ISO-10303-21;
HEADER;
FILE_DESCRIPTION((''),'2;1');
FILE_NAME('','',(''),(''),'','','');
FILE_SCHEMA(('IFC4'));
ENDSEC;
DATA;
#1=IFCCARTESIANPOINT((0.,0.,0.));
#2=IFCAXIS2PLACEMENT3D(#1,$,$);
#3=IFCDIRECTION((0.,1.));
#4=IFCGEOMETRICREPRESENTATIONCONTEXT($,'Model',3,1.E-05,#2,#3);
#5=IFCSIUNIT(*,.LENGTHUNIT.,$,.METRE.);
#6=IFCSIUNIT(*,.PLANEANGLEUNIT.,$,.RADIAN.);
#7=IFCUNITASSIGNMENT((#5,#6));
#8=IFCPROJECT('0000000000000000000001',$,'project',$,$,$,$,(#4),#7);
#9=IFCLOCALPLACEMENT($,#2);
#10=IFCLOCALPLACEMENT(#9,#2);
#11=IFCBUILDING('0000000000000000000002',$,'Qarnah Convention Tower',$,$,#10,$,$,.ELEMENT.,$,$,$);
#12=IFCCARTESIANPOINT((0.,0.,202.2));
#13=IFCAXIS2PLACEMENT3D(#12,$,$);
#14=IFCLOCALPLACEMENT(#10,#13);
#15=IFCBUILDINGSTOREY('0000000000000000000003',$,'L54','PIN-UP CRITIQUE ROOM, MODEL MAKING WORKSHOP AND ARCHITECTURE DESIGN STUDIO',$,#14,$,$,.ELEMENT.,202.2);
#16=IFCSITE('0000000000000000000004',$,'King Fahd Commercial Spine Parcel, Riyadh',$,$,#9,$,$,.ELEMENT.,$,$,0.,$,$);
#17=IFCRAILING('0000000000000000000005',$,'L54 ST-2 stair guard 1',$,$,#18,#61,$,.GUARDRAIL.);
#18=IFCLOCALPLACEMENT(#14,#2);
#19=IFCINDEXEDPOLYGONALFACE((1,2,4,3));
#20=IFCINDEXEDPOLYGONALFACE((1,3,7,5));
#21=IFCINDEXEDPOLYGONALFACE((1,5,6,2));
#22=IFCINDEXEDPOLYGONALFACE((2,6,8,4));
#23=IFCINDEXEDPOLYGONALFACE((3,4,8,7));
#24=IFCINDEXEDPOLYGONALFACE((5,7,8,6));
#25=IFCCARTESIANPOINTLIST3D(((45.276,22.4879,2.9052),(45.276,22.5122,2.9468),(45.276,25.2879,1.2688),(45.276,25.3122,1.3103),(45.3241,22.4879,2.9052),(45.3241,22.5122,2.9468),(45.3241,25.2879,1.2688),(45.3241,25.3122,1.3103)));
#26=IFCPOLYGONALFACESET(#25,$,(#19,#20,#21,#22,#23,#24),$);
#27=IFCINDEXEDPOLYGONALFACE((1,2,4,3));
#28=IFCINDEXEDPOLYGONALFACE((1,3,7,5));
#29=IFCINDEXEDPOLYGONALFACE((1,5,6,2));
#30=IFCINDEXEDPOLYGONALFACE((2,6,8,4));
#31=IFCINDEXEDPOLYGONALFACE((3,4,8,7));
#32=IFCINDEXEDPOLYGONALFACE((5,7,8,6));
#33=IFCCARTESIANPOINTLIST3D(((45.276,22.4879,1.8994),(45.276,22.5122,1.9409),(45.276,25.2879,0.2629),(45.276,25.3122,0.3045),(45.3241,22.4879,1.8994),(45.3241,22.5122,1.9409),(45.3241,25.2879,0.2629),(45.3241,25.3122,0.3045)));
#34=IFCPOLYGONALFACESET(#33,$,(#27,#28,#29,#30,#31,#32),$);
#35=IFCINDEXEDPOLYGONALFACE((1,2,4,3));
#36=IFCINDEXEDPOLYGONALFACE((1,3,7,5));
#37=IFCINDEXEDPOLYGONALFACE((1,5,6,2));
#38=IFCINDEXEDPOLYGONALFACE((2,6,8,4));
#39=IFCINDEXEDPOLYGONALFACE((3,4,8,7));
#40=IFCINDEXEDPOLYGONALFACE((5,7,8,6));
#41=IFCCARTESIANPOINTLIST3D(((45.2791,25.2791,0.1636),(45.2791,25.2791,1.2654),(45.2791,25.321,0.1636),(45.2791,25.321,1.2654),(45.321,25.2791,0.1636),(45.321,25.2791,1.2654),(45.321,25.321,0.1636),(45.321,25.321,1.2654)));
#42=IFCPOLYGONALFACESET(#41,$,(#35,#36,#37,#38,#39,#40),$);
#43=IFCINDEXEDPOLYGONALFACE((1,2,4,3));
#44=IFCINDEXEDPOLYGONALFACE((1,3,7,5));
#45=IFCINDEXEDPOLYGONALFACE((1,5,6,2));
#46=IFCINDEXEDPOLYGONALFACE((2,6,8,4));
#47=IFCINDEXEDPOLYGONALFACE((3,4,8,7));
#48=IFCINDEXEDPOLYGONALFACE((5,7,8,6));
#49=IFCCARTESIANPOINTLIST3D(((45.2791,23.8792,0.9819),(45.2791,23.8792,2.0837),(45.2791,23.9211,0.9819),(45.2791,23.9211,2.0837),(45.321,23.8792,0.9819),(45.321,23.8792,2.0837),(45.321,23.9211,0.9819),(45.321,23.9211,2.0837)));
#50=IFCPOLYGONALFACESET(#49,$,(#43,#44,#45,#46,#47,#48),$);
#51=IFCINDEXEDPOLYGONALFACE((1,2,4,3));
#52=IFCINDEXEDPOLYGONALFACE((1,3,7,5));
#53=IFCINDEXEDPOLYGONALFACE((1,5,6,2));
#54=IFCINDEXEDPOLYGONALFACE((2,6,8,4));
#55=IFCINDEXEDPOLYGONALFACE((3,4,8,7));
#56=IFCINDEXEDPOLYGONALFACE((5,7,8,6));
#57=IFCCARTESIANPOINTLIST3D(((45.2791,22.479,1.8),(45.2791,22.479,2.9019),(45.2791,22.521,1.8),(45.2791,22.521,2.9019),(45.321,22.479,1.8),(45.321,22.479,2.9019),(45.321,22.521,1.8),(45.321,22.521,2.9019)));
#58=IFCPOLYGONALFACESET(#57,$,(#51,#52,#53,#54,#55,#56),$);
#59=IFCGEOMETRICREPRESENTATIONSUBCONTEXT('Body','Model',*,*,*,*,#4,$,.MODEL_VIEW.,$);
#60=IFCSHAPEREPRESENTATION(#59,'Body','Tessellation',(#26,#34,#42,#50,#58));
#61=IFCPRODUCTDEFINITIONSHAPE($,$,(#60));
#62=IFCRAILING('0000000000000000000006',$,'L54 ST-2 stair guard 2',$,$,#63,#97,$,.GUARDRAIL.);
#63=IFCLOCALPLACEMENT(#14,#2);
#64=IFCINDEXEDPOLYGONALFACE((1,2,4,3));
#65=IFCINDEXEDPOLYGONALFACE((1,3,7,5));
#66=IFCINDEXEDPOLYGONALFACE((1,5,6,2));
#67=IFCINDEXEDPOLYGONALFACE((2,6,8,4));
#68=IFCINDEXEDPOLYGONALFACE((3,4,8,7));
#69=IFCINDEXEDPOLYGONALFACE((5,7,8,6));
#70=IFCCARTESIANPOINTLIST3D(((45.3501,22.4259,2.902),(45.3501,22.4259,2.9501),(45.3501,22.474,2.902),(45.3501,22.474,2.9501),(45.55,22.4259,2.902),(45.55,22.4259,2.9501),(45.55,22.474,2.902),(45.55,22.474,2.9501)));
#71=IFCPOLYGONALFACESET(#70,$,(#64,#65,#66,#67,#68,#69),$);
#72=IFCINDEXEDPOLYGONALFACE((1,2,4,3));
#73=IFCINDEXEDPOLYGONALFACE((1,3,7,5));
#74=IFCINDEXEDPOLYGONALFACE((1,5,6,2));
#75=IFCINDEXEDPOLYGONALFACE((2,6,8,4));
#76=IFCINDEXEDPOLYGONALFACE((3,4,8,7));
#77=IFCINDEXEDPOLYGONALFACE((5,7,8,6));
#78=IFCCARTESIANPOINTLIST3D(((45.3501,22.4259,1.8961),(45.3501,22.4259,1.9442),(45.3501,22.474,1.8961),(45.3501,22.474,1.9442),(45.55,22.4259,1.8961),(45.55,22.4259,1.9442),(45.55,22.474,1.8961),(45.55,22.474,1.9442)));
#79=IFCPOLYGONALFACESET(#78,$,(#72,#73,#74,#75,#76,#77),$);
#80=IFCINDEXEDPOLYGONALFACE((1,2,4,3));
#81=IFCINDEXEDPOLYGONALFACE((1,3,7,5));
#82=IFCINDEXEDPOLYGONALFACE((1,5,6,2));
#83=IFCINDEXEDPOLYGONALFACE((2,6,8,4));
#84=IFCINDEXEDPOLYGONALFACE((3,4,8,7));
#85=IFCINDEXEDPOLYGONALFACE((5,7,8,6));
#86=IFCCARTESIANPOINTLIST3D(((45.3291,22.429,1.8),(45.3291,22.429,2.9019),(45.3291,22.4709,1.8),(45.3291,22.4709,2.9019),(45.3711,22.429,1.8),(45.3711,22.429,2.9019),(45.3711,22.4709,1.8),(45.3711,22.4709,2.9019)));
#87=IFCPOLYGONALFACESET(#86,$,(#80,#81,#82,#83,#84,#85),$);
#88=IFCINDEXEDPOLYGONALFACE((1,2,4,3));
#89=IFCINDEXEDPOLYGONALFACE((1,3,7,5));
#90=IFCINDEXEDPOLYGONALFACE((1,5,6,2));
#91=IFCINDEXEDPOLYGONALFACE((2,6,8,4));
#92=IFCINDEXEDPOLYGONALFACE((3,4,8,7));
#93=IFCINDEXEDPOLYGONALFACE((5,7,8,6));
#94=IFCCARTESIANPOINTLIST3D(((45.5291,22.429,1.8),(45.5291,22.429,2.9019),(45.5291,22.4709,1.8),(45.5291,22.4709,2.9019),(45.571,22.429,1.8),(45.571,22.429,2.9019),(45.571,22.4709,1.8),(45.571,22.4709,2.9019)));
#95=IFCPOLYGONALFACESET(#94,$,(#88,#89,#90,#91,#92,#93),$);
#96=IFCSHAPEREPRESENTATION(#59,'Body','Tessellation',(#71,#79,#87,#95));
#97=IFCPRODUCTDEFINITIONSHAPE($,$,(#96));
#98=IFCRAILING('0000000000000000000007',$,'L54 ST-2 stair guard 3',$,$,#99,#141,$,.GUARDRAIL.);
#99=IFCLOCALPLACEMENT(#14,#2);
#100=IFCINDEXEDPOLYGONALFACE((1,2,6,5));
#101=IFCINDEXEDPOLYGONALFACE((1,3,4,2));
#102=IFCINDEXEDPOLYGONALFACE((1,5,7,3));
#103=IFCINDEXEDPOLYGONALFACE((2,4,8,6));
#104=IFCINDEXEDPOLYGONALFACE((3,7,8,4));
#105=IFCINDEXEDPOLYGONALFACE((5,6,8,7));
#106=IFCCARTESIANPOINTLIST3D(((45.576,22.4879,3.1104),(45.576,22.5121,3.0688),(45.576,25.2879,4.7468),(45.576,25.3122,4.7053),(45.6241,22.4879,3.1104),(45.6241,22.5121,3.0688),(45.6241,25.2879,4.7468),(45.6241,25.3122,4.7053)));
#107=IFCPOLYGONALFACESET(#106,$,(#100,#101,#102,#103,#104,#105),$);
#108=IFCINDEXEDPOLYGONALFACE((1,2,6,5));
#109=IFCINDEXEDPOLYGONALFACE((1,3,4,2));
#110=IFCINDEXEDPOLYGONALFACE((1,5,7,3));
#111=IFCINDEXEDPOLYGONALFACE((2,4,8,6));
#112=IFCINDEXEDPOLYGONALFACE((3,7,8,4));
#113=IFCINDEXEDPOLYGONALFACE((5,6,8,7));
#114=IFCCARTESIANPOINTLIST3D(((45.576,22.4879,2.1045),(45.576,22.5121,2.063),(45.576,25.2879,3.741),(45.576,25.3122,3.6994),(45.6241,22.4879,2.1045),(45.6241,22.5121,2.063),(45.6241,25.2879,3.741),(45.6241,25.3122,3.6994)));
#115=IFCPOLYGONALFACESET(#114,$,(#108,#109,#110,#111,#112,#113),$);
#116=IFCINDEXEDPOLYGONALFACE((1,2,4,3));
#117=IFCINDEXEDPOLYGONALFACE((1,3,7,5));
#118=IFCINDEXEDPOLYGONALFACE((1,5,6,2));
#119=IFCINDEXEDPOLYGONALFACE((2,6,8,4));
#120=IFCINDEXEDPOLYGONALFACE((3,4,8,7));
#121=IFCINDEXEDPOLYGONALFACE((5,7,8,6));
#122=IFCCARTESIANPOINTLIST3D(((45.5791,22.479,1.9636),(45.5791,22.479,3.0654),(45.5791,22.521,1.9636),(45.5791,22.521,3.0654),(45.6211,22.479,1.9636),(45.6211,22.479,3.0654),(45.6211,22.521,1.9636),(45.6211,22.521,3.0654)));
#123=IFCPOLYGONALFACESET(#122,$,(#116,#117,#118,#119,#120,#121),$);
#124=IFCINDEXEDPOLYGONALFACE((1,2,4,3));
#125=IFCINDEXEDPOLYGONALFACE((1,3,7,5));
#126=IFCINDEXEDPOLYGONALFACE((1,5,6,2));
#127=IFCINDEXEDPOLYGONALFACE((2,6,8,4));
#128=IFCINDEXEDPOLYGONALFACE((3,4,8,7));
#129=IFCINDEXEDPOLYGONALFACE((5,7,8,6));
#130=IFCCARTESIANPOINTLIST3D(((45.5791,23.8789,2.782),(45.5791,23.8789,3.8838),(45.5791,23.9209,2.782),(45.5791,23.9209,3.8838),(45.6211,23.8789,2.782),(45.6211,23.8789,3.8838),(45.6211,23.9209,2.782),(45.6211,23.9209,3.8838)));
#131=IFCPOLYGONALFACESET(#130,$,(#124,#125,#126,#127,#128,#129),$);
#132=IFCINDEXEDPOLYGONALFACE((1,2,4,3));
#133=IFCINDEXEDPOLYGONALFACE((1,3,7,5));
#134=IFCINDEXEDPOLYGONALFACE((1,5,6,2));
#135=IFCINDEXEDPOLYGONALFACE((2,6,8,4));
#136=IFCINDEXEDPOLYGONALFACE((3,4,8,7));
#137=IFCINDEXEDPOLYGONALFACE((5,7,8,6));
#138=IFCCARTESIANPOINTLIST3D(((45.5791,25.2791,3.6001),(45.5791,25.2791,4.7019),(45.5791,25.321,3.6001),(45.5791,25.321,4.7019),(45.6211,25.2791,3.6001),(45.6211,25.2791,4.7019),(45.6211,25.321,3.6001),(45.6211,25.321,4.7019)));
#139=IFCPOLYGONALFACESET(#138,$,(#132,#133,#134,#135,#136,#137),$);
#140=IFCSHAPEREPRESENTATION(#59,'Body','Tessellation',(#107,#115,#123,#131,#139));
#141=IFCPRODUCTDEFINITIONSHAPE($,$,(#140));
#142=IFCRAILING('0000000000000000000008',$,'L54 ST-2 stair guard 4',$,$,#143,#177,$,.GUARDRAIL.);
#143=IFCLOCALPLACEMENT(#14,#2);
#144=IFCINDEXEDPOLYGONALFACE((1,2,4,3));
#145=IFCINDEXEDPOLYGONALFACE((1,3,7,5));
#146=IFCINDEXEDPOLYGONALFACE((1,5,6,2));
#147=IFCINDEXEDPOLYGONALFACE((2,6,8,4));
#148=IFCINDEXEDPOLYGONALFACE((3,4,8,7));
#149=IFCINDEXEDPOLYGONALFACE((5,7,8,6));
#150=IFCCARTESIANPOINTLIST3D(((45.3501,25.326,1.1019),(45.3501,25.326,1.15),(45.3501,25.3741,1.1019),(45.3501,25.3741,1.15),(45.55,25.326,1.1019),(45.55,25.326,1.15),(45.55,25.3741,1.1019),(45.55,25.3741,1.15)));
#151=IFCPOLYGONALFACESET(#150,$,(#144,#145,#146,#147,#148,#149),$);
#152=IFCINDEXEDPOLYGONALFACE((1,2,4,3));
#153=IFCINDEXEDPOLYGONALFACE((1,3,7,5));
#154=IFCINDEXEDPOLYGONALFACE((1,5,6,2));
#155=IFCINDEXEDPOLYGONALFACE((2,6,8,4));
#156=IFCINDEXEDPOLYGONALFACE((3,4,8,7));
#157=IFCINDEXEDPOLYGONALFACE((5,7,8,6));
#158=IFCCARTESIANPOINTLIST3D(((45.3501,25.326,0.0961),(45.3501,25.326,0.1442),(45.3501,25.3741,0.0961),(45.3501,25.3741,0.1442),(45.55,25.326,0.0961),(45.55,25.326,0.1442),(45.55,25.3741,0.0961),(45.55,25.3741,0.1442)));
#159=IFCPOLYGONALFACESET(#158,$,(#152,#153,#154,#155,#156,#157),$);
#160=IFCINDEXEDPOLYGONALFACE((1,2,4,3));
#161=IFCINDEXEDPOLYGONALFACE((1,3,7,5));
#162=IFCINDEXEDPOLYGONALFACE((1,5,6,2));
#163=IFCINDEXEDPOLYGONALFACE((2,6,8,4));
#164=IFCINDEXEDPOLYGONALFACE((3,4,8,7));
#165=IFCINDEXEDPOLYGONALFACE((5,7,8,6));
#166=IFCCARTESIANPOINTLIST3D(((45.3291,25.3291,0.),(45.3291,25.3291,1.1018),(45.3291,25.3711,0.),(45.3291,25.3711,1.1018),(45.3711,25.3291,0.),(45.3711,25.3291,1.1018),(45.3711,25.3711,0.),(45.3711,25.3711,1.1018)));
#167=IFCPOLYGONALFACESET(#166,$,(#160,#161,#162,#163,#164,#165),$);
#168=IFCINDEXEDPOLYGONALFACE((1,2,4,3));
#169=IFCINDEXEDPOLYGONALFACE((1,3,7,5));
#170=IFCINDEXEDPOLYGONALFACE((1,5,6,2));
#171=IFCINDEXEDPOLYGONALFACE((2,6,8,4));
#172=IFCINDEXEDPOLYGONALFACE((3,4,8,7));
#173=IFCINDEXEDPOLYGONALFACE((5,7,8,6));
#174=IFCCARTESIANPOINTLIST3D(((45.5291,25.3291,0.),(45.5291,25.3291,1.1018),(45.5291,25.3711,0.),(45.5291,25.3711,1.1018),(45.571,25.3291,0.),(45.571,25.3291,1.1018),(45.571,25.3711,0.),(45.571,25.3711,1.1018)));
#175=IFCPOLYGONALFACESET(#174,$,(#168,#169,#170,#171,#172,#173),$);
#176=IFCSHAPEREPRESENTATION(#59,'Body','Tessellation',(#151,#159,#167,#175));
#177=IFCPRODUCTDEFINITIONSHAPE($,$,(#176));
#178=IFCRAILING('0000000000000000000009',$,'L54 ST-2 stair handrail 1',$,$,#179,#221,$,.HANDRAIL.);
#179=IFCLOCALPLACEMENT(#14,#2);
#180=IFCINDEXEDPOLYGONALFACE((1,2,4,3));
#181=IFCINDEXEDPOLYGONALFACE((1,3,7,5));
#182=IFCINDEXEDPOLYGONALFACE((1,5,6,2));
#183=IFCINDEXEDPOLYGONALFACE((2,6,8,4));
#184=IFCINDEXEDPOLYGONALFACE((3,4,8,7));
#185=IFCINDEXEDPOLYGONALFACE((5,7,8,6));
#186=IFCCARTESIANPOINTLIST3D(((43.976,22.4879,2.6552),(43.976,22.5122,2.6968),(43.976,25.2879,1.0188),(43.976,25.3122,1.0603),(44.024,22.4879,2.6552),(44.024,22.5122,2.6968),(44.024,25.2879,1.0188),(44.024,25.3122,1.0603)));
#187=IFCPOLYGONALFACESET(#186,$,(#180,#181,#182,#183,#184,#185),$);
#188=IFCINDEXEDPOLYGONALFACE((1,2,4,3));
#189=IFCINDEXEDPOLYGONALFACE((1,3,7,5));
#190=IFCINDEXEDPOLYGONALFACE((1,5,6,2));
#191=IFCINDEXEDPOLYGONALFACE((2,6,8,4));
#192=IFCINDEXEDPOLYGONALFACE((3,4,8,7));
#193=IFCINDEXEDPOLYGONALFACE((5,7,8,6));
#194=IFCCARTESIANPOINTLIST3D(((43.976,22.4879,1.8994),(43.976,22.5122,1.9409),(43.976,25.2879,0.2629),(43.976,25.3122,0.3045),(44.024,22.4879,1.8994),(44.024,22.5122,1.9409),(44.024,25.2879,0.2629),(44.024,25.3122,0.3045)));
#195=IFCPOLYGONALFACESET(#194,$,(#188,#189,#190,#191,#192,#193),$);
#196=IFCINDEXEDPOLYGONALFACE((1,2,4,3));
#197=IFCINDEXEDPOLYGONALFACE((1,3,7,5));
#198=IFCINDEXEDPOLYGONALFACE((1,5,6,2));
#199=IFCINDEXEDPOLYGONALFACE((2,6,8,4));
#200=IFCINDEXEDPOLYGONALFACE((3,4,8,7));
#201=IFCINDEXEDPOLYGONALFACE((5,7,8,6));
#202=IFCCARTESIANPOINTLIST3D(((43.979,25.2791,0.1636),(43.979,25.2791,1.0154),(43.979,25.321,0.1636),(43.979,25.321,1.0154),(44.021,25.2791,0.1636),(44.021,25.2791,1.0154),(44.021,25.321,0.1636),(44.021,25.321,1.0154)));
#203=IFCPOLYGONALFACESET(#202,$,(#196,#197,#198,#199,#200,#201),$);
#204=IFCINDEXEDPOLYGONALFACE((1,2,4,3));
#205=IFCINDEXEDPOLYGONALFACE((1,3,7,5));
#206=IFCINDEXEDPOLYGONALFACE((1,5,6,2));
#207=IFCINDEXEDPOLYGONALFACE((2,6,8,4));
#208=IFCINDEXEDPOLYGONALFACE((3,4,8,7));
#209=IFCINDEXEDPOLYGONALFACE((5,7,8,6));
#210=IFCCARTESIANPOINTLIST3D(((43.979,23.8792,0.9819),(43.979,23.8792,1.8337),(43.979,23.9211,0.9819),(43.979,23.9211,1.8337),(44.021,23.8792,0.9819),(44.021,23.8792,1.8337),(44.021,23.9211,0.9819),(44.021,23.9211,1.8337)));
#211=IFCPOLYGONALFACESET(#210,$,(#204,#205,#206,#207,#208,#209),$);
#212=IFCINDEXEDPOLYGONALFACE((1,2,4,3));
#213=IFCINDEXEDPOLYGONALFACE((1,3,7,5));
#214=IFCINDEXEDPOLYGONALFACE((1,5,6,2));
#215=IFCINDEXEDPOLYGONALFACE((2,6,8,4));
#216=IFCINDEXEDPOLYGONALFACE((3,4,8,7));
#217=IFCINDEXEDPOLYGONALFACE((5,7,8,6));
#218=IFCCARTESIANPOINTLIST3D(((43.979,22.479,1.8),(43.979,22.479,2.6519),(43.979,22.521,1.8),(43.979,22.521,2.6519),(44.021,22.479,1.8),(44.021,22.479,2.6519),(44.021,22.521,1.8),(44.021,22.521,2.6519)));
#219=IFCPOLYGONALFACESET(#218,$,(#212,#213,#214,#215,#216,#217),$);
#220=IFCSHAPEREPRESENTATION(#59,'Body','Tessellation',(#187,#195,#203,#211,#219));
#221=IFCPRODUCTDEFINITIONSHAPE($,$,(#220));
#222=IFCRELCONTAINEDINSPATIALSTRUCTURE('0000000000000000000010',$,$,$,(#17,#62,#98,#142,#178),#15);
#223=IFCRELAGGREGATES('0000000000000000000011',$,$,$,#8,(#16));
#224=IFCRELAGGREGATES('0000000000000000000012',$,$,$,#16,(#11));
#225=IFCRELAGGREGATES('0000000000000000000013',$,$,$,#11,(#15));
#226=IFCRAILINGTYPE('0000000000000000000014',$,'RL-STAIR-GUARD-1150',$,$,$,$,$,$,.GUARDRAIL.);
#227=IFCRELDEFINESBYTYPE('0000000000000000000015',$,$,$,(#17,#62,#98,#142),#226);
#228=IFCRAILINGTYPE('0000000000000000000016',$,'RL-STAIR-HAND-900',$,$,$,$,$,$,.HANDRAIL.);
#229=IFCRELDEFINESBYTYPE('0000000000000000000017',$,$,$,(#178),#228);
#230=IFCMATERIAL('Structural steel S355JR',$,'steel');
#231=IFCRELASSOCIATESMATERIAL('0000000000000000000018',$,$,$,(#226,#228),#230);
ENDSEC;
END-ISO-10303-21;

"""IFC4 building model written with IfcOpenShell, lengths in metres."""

from ifc_helpers import new_model, si_unit, direction, frame, origin, origin_2d, place, context, subcontext, project, spatial, rectangle, extrude, material, type_object, element, save


model = new_model("IFC4")

# Units and contexts
model_context = context("Model", 3, precision=1e-05, world=origin(), true_north=direction((0.0, 1.0)))
body_context = subcontext(model_context, "Body", "Model", "MODEL_VIEW")
ifc_project = project(units=[si_unit("LENGTHUNIT", "METRE"), si_unit("PLANEANGLEUNIT", "RADIAN")], contexts=[model_context])

# Site, building, storey
site_placement = place(None, origin())
site = spatial("IfcSite", under=ifc_project, at=site_placement, Name="King Fahd Commercial Spine Parcel, Riyadh", CompositionType="ELEMENT", RefElevation=0.0)
building_placement = place(site_placement, origin())
building = spatial("IfcBuilding", under=site, at=building_placement, Name="Qarnah Convention Tower", CompositionType="ELEMENT")
storey_placement = place(building_placement, frame((0.0, 0.0, 202.2)))
storey = spatial("IfcBuildingStorey", under=building, at=storey_placement, Name="L54", Description="PIN-UP CRITIQUE ROOM, MODEL MAKING WORKSHOP AND ARCHITECTURE DESIGN STUDIO", CompositionType="ELEMENT", Elevation=202.2)

# Shared definitions
ifc_material_1 = material(Name="Structural steel S355JR", Category="steel")

# Railings
railing_type_1 = type_object("IfcRailingType", Name="RL-STAIR-GUARD-1150", PredefinedType="GUARDRAIL", material=ifc_material_1)
railing_1_placement = place(storey_placement, frame((45.3, 25.3, 0.1636)))
element("IfcRailing", 1, at=railing_1_placement, inside=storey, type_object=railing_type_1, Name="L54 ST-2 stair guard 1", PredefinedType="GUARDRAIL", context=body_context, shape_type="SweptSolid", body=[
    extrude(rectangle(XDim=0.0481, YDim=0.0481, at=origin_2d()), frame((0.0, 0.0, 1.126), z_axis=(0.0, -0.863361, 0.504587), x_axis=(1.0, 0.0, 0.0)), (0.0, 0.0, 1.0), 3.2432),
    extrude(rectangle(XDim=0.0481, YDim=0.0481, at=origin_2d()), frame((0.0, 0.0, 0.1201), z_axis=(0.0, -0.863361, 0.504587), x_axis=(1.0, 0.0, 0.0)), (0.0, 0.0, 1.0), 3.2432),
    extrude(rectangle(XDim=0.042, YDim=0.042, at=origin_2d()), origin(), (0.0, 0.0, 1.0), 1.1018),
    extrude(rectangle(XDim=0.042, YDim=0.042, at=origin_2d()), frame((0.0, -1.3999, 0.8184)), (0.0, 0.0, 1.0), 1.1018),
    extrude(rectangle(XDim=0.042, YDim=0.042, at=origin_2d()), frame((0.0, -2.8, 1.6365)), (0.0, 0.0, 1.0), 1.1018),
])
railing_2_placement = place(storey_placement, frame((45.3501, 22.45, 1.8)))
element("IfcRailing", 2, at=railing_2_placement, inside=storey, type_object=railing_type_1, Name="L54 ST-2 stair guard 2", PredefinedType="GUARDRAIL", context=body_context, shape_type="SweptSolid", body=[
    extrude(rectangle(XDim=0.0481, YDim=0.0481, at=origin_2d()), frame((0.0, 0.0, 1.126), z_axis=(1.0, 0.0, 0.0), x_axis=(0.0, 1.0, 0.0)), (0.0, 0.0, 1.0), 0.2),
    extrude(rectangle(XDim=0.0481, YDim=0.0481, at=origin_2d()), frame((0.0, 0.0, 0.1201), z_axis=(1.0, 0.0, 0.0), x_axis=(0.0, 1.0, 0.0)), (0.0, 0.0, 1.0), 0.2),
    extrude(rectangle(XDim=0.042, YDim=0.042, at=origin_2d()), origin(), (0.0, 0.0, 1.0), 1.1018),
    extrude(rectangle(XDim=0.042, YDim=0.042, at=origin_2d()), frame((0.2, 0.0, 0.0)), (0.0, 0.0, 1.0), 1.1018),
])
railing_3_placement = place(storey_placement, frame((45.6001, 22.5, 1.9636)))
element("IfcRailing", 3, at=railing_3_placement, inside=storey, type_object=railing_type_1, Name="L54 ST-2 stair guard 3", PredefinedType="GUARDRAIL", context=body_context, shape_type="SweptSolid", body=[
    extrude(rectangle(XDim=0.0481, YDim=0.0481, at=origin_2d()), frame((0.0, 0.0, 1.126), z_axis=(0.0, 0.863361, 0.504587), x_axis=(-1.0, 0.0, 0.0)), (0.0, 0.0, 1.0), 3.2432),
    extrude(rectangle(XDim=0.0481, YDim=0.0481, at=origin_2d()), frame((0.0, 0.0, 0.1201), z_axis=(0.0, 0.863361, 0.504587), x_axis=(-1.0, 0.0, 0.0)), (0.0, 0.0, 1.0), 3.2432),
    extrude(rectangle(XDim=0.042, YDim=0.042, at=origin_2d()), origin(), (0.0, 0.0, 1.0), 1.1018),
    extrude(rectangle(XDim=0.042, YDim=0.042, at=origin_2d()), frame((0.0, 1.3999, 0.8184)), (0.0, 0.0, 1.0), 1.1018),
    extrude(rectangle(XDim=0.042, YDim=0.042, at=origin_2d()), frame((0.0, 2.8, 1.6365)), (0.0, 0.0, 1.0), 1.1018),
])
railing_4_placement = place(storey_placement, frame((45.3501, 25.3501, 0.0)))
element("IfcRailing", 4, at=railing_4_placement, inside=storey, type_object=railing_type_1, Name="L54 ST-2 stair guard 4", PredefinedType="GUARDRAIL", context=body_context, shape_type="SweptSolid", body=[
    extrude(rectangle(XDim=0.0481, YDim=0.0481, at=origin_2d()), frame((0.0, 0.0, 1.126), z_axis=(1.0, 0.0, 0.0), x_axis=(0.0, 1.0, 0.0)), (0.0, 0.0, 1.0), 0.2),
    extrude(rectangle(XDim=0.0481, YDim=0.0481, at=origin_2d()), frame((0.0, 0.0, 0.1201), z_axis=(1.0, 0.0, 0.0), x_axis=(0.0, 1.0, 0.0)), (0.0, 0.0, 1.0), 0.2),
    extrude(rectangle(XDim=0.042, YDim=0.042, at=origin_2d()), origin(), (0.0, 0.0, 1.0), 1.1018),
    extrude(rectangle(XDim=0.042, YDim=0.042, at=origin_2d()), frame((0.2, 0.0, 0.0)), (0.0, 0.0, 1.0), 1.1018),
])
railing_type_2 = type_object("IfcRailingType", Name="RL-STAIR-HAND-900", PredefinedType="HANDRAIL", material=ifc_material_1)
railing_5_placement = place(storey_placement, frame((44.0, 25.3, 0.1636)))
element("IfcRailing", 5, at=railing_5_placement, inside=storey, type_object=railing_type_2, Name="L54 ST-2 stair handrail 1", PredefinedType="HANDRAIL", context=body_context, shape_type="SweptSolid", body=[
    extrude(rectangle(XDim=0.0481, YDim=0.0481, at=origin_2d()), frame((0.0, 0.0, 0.876), z_axis=(0.0, -0.863361, 0.504587), x_axis=(1.0, 0.0, 0.0)), (0.0, 0.0, 1.0), 3.2432),
    extrude(rectangle(XDim=0.0481, YDim=0.0481, at=origin_2d()), frame((0.0, 0.0, 0.1201), z_axis=(0.0, -0.863361, 0.504587), x_axis=(1.0, 0.0, 0.0)), (0.0, 0.0, 1.0), 3.2432),
    extrude(rectangle(XDim=0.042, YDim=0.042, at=origin_2d()), origin(), (0.0, 0.0, 1.0), 0.8518),
    extrude(rectangle(XDim=0.042, YDim=0.042, at=origin_2d()), frame((0.0, -1.3999, 0.8184)), (0.0, 0.0, 1.0), 0.8518),
    extrude(rectangle(XDim=0.042, YDim=0.042, at=origin_2d()), frame((0.0, -2.8, 1.6365)), (0.0, 0.0, 1.0), 0.8518),
])

save(model, "model.ifc")
